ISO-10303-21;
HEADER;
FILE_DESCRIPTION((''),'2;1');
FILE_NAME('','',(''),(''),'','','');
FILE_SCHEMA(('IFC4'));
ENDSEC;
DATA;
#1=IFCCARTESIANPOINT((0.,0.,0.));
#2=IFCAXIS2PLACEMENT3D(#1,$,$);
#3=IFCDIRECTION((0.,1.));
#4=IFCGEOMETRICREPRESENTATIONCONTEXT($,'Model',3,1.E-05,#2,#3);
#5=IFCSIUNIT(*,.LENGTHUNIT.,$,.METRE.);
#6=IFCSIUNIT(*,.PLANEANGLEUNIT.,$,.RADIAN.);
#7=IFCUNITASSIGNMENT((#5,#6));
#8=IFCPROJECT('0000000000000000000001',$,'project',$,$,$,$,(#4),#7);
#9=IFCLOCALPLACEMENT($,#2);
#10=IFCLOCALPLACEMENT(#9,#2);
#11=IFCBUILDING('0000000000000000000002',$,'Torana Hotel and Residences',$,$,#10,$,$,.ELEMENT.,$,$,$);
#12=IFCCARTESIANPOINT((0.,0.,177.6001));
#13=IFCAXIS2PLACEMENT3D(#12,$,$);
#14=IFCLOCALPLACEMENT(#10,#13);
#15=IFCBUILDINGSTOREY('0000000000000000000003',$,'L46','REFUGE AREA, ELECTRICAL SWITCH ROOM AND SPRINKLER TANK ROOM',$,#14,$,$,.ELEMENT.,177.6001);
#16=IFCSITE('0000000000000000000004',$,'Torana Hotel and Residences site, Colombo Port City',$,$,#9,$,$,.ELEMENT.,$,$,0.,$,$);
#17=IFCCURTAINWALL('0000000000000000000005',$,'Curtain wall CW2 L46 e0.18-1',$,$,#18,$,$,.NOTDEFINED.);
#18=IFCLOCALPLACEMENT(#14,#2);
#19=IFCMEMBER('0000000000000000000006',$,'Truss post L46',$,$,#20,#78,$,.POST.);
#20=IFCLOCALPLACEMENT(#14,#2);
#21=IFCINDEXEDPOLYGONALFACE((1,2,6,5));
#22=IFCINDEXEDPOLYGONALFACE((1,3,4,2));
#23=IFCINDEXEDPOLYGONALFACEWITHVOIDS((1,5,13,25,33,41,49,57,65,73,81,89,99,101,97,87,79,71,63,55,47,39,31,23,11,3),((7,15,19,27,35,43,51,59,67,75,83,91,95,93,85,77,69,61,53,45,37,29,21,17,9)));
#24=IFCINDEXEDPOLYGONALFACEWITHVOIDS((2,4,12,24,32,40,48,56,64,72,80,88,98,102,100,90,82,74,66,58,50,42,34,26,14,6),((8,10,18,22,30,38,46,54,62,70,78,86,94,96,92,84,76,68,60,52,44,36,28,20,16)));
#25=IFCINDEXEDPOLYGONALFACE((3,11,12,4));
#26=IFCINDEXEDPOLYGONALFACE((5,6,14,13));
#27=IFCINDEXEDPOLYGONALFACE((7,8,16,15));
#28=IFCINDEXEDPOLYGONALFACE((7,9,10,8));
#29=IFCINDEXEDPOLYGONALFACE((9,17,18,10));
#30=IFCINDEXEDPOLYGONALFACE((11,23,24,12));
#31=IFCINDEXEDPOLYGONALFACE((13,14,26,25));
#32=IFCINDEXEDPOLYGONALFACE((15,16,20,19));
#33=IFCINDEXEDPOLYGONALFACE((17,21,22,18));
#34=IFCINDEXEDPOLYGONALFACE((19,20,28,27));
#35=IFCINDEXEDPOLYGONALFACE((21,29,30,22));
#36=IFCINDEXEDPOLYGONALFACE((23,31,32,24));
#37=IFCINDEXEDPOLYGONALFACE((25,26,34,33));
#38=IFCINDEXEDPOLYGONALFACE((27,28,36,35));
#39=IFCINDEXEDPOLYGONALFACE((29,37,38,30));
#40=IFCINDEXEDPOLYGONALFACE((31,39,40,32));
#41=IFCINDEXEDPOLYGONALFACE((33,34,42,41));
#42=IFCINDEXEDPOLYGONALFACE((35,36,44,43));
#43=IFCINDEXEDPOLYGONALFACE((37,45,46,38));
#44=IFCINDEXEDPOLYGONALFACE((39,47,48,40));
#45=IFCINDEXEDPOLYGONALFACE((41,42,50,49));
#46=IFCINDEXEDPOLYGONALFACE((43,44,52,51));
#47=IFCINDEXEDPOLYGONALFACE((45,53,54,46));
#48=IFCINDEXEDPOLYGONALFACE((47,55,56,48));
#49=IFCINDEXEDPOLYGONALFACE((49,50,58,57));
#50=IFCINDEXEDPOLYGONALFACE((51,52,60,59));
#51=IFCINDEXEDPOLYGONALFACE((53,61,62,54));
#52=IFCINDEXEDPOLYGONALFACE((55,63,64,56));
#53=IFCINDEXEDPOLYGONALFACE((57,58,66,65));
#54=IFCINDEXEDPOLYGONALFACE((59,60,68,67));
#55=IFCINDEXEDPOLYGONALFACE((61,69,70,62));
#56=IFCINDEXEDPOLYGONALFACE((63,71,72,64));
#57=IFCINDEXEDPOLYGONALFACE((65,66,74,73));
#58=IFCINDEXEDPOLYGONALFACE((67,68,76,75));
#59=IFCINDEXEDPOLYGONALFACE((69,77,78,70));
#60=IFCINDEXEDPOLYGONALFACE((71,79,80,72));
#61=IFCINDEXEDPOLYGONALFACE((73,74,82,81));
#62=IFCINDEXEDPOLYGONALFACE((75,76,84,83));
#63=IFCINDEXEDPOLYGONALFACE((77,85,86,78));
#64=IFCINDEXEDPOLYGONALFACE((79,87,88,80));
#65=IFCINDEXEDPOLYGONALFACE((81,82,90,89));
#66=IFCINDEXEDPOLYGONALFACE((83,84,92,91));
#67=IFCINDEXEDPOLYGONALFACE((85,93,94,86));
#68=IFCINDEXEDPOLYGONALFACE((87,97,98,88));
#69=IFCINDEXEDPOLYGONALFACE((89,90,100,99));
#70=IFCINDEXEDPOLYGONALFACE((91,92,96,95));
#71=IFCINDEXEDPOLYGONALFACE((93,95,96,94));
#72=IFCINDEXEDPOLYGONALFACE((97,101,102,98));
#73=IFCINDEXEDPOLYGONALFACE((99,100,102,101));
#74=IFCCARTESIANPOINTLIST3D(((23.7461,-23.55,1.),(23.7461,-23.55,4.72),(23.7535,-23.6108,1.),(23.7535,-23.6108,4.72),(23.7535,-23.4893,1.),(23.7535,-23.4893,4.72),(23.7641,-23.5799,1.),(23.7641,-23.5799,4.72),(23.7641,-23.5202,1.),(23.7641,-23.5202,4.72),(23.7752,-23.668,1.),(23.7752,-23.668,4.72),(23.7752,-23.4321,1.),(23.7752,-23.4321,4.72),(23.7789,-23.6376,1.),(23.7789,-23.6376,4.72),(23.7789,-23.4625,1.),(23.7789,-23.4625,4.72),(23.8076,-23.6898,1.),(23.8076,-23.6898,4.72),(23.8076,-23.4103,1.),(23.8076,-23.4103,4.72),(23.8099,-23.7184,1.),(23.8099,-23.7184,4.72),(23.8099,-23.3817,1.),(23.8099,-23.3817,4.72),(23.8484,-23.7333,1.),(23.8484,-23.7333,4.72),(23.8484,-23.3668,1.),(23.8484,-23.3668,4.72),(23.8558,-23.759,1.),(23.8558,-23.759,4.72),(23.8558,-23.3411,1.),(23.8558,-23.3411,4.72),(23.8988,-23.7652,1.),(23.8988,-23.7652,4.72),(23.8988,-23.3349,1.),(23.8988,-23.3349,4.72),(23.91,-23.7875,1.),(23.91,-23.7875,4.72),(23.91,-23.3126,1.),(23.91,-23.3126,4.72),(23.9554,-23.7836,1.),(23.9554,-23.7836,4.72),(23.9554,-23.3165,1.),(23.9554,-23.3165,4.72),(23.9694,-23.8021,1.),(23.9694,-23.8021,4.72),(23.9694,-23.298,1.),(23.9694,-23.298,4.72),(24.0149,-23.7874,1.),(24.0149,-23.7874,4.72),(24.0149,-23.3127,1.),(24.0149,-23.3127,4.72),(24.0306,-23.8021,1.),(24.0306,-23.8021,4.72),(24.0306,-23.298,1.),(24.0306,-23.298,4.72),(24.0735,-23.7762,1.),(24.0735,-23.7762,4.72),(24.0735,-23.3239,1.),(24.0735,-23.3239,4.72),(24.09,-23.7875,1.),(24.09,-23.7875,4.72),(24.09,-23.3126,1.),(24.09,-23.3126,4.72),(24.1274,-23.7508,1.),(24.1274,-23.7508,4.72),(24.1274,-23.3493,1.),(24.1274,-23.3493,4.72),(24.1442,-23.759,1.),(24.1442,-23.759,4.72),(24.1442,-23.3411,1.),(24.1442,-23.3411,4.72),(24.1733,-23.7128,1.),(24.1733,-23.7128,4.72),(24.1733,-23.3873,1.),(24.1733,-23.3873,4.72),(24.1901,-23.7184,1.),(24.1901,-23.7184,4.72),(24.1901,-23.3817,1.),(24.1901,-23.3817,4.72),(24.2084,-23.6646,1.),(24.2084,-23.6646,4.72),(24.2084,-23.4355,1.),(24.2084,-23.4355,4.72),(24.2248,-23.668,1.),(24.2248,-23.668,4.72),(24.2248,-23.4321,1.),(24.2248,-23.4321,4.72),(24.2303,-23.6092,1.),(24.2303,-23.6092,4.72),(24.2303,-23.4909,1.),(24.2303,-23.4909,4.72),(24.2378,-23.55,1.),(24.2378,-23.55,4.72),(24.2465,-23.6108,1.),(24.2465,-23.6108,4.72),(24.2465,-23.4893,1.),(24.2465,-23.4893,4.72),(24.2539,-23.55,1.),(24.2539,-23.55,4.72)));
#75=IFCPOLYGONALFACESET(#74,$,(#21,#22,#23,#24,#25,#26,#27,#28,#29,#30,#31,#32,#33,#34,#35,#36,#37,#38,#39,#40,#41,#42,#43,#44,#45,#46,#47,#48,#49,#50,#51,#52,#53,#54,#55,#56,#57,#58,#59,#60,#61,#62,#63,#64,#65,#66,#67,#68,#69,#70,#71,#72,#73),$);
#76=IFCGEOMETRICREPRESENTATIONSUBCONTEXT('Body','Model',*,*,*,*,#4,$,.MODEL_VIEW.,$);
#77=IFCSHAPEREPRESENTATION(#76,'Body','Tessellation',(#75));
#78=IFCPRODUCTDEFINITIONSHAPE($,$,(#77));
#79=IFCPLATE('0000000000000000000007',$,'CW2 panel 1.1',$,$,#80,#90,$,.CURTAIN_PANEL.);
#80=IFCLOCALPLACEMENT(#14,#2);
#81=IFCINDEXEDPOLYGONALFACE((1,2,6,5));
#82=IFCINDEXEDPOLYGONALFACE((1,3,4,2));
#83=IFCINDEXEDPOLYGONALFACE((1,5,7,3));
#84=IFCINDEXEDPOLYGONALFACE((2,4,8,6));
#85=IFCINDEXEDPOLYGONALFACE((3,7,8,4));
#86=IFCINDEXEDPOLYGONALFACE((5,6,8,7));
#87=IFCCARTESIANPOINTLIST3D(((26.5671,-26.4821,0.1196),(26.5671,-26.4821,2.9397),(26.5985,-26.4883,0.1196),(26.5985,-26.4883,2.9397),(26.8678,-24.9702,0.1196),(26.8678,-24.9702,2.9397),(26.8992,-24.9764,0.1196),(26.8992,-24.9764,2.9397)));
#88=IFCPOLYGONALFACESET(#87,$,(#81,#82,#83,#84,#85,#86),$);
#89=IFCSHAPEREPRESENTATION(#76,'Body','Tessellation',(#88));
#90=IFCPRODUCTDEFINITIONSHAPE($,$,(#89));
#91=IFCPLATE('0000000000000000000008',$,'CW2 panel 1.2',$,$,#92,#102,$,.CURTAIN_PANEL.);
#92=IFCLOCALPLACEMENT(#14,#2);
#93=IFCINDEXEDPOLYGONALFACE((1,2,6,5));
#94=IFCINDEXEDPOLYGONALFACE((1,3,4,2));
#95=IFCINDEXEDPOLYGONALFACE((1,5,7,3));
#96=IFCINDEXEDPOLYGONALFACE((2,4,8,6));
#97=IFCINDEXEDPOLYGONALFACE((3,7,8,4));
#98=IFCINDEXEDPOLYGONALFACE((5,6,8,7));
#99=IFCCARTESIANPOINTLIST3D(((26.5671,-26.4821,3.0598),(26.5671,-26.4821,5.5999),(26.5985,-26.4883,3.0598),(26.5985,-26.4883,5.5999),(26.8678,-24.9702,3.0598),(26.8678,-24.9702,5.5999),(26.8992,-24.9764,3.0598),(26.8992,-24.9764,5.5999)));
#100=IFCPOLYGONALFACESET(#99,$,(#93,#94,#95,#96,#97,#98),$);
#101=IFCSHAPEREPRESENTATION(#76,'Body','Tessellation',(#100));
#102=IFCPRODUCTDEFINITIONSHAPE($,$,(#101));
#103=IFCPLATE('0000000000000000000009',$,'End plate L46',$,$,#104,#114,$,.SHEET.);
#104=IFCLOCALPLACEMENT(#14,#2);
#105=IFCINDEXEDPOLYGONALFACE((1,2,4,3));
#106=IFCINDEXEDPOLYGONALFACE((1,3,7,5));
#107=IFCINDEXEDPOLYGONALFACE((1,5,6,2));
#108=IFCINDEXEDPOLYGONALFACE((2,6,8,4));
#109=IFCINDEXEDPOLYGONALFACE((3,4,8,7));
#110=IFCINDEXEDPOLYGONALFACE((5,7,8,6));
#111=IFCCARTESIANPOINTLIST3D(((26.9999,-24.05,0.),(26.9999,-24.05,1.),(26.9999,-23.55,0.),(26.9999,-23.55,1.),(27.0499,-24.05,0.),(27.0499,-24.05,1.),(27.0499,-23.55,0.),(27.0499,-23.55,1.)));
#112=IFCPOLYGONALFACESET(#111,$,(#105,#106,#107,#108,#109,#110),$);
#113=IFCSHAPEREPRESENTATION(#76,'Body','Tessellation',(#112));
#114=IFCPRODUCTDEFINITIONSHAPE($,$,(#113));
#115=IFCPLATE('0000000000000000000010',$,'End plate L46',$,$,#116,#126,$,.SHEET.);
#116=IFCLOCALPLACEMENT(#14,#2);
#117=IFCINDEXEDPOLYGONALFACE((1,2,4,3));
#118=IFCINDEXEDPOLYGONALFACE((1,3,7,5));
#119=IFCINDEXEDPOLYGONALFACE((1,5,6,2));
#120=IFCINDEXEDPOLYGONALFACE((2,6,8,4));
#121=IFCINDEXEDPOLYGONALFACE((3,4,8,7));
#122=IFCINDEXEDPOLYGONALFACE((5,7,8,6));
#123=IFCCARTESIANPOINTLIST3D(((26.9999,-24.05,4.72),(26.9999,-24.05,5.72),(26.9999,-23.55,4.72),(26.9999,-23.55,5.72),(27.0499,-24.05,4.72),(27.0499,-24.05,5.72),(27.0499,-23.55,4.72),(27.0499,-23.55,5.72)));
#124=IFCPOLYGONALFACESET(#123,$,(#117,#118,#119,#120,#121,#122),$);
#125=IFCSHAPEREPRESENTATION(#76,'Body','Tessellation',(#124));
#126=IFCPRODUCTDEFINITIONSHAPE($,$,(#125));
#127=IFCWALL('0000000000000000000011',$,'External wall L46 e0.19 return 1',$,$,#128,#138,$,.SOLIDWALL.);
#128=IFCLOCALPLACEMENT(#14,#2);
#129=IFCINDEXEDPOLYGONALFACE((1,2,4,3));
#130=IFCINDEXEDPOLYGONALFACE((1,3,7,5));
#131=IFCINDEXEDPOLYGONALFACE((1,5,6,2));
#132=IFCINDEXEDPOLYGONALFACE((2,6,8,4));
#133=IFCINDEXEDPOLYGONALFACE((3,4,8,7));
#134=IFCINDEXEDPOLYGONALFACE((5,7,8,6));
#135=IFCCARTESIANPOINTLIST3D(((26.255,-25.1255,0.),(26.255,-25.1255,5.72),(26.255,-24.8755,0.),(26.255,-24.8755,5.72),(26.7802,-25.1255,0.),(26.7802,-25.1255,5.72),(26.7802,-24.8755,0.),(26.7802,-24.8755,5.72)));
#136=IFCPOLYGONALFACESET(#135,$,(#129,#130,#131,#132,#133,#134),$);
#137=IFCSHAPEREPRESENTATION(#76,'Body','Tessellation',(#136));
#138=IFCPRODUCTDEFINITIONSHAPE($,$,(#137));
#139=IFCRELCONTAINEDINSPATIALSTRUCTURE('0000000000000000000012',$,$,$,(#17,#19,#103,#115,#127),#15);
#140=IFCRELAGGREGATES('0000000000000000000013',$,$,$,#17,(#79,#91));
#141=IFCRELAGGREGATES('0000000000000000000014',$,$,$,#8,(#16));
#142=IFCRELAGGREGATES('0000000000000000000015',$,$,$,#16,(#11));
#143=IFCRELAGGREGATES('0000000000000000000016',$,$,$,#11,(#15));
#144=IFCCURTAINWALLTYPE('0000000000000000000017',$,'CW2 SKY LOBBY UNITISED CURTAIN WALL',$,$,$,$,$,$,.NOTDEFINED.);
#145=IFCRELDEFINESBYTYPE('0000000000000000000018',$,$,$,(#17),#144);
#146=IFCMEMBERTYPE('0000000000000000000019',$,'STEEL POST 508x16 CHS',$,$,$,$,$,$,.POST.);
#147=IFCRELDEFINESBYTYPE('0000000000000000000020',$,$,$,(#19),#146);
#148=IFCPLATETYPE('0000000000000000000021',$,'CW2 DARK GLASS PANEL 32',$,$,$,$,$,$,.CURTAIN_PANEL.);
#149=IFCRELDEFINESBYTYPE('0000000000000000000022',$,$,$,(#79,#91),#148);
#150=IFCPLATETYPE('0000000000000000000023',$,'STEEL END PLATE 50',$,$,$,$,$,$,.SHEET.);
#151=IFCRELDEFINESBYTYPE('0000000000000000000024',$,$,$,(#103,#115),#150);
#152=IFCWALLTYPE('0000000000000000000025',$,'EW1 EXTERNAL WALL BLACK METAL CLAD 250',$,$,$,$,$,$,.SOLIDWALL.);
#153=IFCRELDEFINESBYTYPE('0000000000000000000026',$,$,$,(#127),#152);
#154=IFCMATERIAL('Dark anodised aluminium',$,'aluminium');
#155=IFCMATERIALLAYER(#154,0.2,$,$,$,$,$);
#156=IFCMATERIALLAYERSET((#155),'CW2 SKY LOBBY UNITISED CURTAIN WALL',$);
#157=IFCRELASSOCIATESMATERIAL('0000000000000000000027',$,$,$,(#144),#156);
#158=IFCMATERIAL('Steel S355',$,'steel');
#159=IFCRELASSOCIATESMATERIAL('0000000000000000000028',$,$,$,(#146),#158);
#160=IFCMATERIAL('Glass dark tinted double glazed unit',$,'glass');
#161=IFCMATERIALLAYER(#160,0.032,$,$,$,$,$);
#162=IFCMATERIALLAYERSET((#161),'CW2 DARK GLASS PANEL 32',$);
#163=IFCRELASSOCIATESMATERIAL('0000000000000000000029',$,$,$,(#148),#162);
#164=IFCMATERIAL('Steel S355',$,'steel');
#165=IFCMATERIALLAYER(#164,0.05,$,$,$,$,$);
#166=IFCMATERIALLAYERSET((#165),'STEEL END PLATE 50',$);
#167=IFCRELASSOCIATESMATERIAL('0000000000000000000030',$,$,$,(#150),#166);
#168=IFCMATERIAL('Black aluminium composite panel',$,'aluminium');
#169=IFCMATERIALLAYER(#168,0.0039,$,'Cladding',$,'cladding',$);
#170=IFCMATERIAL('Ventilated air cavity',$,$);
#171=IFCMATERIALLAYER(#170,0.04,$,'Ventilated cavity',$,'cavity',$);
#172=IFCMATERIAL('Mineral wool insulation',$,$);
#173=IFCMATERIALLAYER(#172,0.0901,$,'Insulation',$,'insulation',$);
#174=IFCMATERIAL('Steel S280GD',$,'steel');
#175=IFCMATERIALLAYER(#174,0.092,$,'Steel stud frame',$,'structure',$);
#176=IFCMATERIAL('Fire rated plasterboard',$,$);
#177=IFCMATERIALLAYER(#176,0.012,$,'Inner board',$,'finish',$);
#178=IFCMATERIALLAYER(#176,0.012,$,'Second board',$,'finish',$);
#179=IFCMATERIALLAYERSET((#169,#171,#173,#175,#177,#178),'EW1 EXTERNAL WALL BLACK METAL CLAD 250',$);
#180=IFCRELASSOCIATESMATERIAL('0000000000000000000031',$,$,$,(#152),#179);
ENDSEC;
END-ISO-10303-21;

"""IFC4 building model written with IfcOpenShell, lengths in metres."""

from ifc_helpers import new_model, si_unit, direction, frame, frame_2d, origin, origin_2d, place, context, subcontext, project, spatial, rectangle, hollow_circle, extrude, material, layer, layer_set, material_profile, profile_set, type_object, element, aggregate, save


model = new_model("IFC4")

# Units and contexts
model_context = context("Model", 3, precision=1e-05, world=origin(), true_north=direction((0.0, 1.0)))
body_context = subcontext(model_context, "Body", "Model", "MODEL_VIEW")
ifc_project = project(units=[si_unit("LENGTHUNIT", "METRE"), si_unit("PLANEANGLEUNIT", "RADIAN")], contexts=[model_context])

# Site, building, storey
site_placement = place(None, origin())
site = spatial("IfcSite", under=ifc_project, at=site_placement, Name="Torana Hotel and Residences site, Colombo Port City", CompositionType="ELEMENT", RefElevation=0.0)
building_placement = place(site_placement, origin())
building = spatial("IfcBuilding", under=site, at=building_placement, Name="Torana Hotel and Residences", CompositionType="ELEMENT")
storey_placement = place(building_placement, frame((0.0, 0.0, 177.6001)))
storey = spatial("IfcBuildingStorey", under=building, at=storey_placement, Name="L46", Description="REFUGE AREA, ELECTRICAL SWITCH ROOM AND SPRINKLER TANK ROOM", CompositionType="ELEMENT", Elevation=177.6001)

# Curtain wall
ifc_material_1 = material(Name="Dark anodised aluminium", Category="aluminium")
ifc_layer_1 = layer(ifc_material_1, 0.2)
ifc_layer_set_1 = layer_set([ifc_layer_1], Name="CW2 SKY LOBBY UNITISED CURTAIN WALL")
curtain_wall_type = type_object("IfcCurtainWallType", Name="CW2 SKY LOBBY UNITISED CURTAIN WALL", PredefinedType="NOTDEFINED", material=ifc_layer_set_1)
curtain_wall_1_placement = place(storey_placement, origin())
curtain_wall_1 = element("IfcCurtainWall", 1, at=curtain_wall_1_placement, inside=storey, type_object=curtain_wall_type, Name="Curtain wall CW2 L46 e0.18-1", PredefinedType="NOTDEFINED")

# Member
ifc_material_2 = material(Name="Steel S355", Category="steel")
ifc_material_profile_1 = material_profile(ifc_material_2, hollow_circle(Radius=0.2539, WallThickness=0.0161, at=origin_2d()), Name="508x16 CHS")
ifc_profile_set_1 = profile_set([ifc_material_profile_1], Name="Steel S355")
member_type_1 = type_object("IfcMemberType", Name="STEEL POST 508x16 CHS", PredefinedType="POST", material=ifc_profile_set_1)
for number, where, z_axis, x_axis, name in (
    (2, (24.0, -23.55, 1.0), (0.0, 0.0, 1.0), (1.0, 0.0, 0.0), "Truss post L46"),
):
    element("IfcMember", number, at=place(storey_placement, frame(where, z_axis=z_axis, x_axis=x_axis)), inside=storey, type_object=member_type_1, Name=name, PredefinedType="POST", context=body_context, shape_type="SweptSolid", body=[
        extrude(hollow_circle(Radius=0.2539, WallThickness=0.0161, at=origin_2d()), origin(), (0.0, 0.0, 1.0), 3.72),
    ])

# Plates
ifc_material_3 = material(Name="Glass dark tinted double glazed unit", Category="glass")
ifc_layer_2 = layer(ifc_material_3, 0.032)
ifc_layer_set_2 = layer_set([ifc_layer_2], Name="CW2 DARK GLASS PANEL 32")
plate_type_1 = type_object("IfcPlateType", Name="CW2 DARK GLASS PANEL 32", PredefinedType="CURTAIN_PANEL", material=ifc_layer_set_2)
plate_1_placement = place(storey_placement, frame((26.7332, -25.7292, 0.1196), z_axis=(0.0, 0.0, 1.0), x_axis=(0.195064, 0.980791, 0.0)))
plate_1 = element("IfcPlate", 3, at=plate_1_placement, type_object=plate_type_1, Name="CW2 panel 1.1", PredefinedType="CURTAIN_PANEL", context=body_context, shape_type="SweptSolid", body=[
    extrude(rectangle(XDim=1.5415, YDim=0.032, at=origin_2d()), origin(), (0.0, 0.0, 1.0), 2.8201),
])
plate_2_placement = place(storey_placement, frame((26.7332, -25.7292, 3.0598), z_axis=(0.0, 0.0, 1.0), x_axis=(0.195064, 0.980791, 0.0)))
plate_2 = element("IfcPlate", 4, at=plate_2_placement, type_object=plate_type_1, Name="CW2 panel 1.2", PredefinedType="CURTAIN_PANEL", context=body_context, shape_type="SweptSolid", body=[
    extrude(rectangle(XDim=1.5415, YDim=0.032, at=origin_2d()), origin(), (0.0, 0.0, 1.0), 2.54),
])
aggregate(curtain_wall_1, [plate_1, plate_2])

# Plates
ifc_material_4 = material(Name="Steel S355", Category="steel")
ifc_layer_3 = layer(ifc_material_4, 0.05)
ifc_layer_set_3 = layer_set([ifc_layer_3], Name="STEEL END PLATE 50")
plate_type_2 = type_object("IfcPlateType", Name="STEEL END PLATE 50", PredefinedType="SHEET", material=ifc_layer_set_3)
for number, where, z_axis, x_axis, name in (
    (5, (27.0249, -23.8, 0.0), (0.0, 0.0, 1.0), (1.0, 0.0, 0.0), "End plate L46"),
    (6, (27.0249, -23.8, 4.72), (0.0, 0.0, 1.0), (1.0, 0.0, 0.0), "End plate L46"),
):
    element("IfcPlate", number, at=place(storey_placement, frame(where, z_axis=z_axis, x_axis=x_axis)), inside=storey, type_object=plate_type_2, Name=name, PredefinedType="SHEET", context=body_context, shape_type="SweptSolid", body=[
        extrude(rectangle(XDim=0.05, YDim=0.5, at=origin_2d()), origin(), (0.0, 0.0, 1.0), 1.0),
    ])

# Wall
ifc_material_5 = material(Name="Black aluminium composite panel", Category="aluminium")
ifc_layer_4 = layer(ifc_material_5, 0.0039, Name="Cladding", Category="cladding")
ifc_material_6 = material(Name="Ventilated air cavity")
ifc_layer_5 = layer(ifc_material_6, 0.04, Name="Ventilated cavity", Category="cavity")
ifc_material_7 = material(Name="Mineral wool insulation")
ifc_layer_6 = layer(ifc_material_7, 0.0901, Name="Insulation", Category="insulation")
ifc_material_8 = material(Name="Steel S280GD", Category="steel")
ifc_layer_7 = layer(ifc_material_8, 0.092, Name="Steel stud frame", Category="structure")
ifc_material_9 = material(Name="Fire rated plasterboard")
ifc_layer_8 = layer(ifc_material_9, 0.012, Name="Inner board", Category="finish")
ifc_layer_9 = layer(ifc_material_9, 0.012, Name="Second board", Category="finish")
ifc_layer_set_4 = layer_set([ifc_layer_4, ifc_layer_5, ifc_layer_6, ifc_layer_7, ifc_layer_8, ifc_layer_9], Name="EW1 EXTERNAL WALL BLACK METAL CLAD 250")
wall_type = type_object("IfcWallType", Name="EW1 EXTERNAL WALL BLACK METAL CLAD 250", PredefinedType="SOLIDWALL", material=ifc_layer_set_4)
wall_placement = place(storey_placement, frame((26.2549, -25.0005, 0.0), z_axis=(0.0, 0.0, 1.0), x_axis=(1.0, 0.0, 0.0)))
element("IfcWall", 7, at=wall_placement, inside=storey, type_object=wall_type, Name="External wall L46 e0.19 return 1", PredefinedType="SOLIDWALL", context=body_context, shape_type="SweptSolid", body=[
    extrude(rectangle(XDim=0.5251, YDim=0.25, at=frame_2d((0.2627, 0.0))), origin(), (0.0, 0.0, 1.0), 5.72),
])

save(model, "model.ifc")
